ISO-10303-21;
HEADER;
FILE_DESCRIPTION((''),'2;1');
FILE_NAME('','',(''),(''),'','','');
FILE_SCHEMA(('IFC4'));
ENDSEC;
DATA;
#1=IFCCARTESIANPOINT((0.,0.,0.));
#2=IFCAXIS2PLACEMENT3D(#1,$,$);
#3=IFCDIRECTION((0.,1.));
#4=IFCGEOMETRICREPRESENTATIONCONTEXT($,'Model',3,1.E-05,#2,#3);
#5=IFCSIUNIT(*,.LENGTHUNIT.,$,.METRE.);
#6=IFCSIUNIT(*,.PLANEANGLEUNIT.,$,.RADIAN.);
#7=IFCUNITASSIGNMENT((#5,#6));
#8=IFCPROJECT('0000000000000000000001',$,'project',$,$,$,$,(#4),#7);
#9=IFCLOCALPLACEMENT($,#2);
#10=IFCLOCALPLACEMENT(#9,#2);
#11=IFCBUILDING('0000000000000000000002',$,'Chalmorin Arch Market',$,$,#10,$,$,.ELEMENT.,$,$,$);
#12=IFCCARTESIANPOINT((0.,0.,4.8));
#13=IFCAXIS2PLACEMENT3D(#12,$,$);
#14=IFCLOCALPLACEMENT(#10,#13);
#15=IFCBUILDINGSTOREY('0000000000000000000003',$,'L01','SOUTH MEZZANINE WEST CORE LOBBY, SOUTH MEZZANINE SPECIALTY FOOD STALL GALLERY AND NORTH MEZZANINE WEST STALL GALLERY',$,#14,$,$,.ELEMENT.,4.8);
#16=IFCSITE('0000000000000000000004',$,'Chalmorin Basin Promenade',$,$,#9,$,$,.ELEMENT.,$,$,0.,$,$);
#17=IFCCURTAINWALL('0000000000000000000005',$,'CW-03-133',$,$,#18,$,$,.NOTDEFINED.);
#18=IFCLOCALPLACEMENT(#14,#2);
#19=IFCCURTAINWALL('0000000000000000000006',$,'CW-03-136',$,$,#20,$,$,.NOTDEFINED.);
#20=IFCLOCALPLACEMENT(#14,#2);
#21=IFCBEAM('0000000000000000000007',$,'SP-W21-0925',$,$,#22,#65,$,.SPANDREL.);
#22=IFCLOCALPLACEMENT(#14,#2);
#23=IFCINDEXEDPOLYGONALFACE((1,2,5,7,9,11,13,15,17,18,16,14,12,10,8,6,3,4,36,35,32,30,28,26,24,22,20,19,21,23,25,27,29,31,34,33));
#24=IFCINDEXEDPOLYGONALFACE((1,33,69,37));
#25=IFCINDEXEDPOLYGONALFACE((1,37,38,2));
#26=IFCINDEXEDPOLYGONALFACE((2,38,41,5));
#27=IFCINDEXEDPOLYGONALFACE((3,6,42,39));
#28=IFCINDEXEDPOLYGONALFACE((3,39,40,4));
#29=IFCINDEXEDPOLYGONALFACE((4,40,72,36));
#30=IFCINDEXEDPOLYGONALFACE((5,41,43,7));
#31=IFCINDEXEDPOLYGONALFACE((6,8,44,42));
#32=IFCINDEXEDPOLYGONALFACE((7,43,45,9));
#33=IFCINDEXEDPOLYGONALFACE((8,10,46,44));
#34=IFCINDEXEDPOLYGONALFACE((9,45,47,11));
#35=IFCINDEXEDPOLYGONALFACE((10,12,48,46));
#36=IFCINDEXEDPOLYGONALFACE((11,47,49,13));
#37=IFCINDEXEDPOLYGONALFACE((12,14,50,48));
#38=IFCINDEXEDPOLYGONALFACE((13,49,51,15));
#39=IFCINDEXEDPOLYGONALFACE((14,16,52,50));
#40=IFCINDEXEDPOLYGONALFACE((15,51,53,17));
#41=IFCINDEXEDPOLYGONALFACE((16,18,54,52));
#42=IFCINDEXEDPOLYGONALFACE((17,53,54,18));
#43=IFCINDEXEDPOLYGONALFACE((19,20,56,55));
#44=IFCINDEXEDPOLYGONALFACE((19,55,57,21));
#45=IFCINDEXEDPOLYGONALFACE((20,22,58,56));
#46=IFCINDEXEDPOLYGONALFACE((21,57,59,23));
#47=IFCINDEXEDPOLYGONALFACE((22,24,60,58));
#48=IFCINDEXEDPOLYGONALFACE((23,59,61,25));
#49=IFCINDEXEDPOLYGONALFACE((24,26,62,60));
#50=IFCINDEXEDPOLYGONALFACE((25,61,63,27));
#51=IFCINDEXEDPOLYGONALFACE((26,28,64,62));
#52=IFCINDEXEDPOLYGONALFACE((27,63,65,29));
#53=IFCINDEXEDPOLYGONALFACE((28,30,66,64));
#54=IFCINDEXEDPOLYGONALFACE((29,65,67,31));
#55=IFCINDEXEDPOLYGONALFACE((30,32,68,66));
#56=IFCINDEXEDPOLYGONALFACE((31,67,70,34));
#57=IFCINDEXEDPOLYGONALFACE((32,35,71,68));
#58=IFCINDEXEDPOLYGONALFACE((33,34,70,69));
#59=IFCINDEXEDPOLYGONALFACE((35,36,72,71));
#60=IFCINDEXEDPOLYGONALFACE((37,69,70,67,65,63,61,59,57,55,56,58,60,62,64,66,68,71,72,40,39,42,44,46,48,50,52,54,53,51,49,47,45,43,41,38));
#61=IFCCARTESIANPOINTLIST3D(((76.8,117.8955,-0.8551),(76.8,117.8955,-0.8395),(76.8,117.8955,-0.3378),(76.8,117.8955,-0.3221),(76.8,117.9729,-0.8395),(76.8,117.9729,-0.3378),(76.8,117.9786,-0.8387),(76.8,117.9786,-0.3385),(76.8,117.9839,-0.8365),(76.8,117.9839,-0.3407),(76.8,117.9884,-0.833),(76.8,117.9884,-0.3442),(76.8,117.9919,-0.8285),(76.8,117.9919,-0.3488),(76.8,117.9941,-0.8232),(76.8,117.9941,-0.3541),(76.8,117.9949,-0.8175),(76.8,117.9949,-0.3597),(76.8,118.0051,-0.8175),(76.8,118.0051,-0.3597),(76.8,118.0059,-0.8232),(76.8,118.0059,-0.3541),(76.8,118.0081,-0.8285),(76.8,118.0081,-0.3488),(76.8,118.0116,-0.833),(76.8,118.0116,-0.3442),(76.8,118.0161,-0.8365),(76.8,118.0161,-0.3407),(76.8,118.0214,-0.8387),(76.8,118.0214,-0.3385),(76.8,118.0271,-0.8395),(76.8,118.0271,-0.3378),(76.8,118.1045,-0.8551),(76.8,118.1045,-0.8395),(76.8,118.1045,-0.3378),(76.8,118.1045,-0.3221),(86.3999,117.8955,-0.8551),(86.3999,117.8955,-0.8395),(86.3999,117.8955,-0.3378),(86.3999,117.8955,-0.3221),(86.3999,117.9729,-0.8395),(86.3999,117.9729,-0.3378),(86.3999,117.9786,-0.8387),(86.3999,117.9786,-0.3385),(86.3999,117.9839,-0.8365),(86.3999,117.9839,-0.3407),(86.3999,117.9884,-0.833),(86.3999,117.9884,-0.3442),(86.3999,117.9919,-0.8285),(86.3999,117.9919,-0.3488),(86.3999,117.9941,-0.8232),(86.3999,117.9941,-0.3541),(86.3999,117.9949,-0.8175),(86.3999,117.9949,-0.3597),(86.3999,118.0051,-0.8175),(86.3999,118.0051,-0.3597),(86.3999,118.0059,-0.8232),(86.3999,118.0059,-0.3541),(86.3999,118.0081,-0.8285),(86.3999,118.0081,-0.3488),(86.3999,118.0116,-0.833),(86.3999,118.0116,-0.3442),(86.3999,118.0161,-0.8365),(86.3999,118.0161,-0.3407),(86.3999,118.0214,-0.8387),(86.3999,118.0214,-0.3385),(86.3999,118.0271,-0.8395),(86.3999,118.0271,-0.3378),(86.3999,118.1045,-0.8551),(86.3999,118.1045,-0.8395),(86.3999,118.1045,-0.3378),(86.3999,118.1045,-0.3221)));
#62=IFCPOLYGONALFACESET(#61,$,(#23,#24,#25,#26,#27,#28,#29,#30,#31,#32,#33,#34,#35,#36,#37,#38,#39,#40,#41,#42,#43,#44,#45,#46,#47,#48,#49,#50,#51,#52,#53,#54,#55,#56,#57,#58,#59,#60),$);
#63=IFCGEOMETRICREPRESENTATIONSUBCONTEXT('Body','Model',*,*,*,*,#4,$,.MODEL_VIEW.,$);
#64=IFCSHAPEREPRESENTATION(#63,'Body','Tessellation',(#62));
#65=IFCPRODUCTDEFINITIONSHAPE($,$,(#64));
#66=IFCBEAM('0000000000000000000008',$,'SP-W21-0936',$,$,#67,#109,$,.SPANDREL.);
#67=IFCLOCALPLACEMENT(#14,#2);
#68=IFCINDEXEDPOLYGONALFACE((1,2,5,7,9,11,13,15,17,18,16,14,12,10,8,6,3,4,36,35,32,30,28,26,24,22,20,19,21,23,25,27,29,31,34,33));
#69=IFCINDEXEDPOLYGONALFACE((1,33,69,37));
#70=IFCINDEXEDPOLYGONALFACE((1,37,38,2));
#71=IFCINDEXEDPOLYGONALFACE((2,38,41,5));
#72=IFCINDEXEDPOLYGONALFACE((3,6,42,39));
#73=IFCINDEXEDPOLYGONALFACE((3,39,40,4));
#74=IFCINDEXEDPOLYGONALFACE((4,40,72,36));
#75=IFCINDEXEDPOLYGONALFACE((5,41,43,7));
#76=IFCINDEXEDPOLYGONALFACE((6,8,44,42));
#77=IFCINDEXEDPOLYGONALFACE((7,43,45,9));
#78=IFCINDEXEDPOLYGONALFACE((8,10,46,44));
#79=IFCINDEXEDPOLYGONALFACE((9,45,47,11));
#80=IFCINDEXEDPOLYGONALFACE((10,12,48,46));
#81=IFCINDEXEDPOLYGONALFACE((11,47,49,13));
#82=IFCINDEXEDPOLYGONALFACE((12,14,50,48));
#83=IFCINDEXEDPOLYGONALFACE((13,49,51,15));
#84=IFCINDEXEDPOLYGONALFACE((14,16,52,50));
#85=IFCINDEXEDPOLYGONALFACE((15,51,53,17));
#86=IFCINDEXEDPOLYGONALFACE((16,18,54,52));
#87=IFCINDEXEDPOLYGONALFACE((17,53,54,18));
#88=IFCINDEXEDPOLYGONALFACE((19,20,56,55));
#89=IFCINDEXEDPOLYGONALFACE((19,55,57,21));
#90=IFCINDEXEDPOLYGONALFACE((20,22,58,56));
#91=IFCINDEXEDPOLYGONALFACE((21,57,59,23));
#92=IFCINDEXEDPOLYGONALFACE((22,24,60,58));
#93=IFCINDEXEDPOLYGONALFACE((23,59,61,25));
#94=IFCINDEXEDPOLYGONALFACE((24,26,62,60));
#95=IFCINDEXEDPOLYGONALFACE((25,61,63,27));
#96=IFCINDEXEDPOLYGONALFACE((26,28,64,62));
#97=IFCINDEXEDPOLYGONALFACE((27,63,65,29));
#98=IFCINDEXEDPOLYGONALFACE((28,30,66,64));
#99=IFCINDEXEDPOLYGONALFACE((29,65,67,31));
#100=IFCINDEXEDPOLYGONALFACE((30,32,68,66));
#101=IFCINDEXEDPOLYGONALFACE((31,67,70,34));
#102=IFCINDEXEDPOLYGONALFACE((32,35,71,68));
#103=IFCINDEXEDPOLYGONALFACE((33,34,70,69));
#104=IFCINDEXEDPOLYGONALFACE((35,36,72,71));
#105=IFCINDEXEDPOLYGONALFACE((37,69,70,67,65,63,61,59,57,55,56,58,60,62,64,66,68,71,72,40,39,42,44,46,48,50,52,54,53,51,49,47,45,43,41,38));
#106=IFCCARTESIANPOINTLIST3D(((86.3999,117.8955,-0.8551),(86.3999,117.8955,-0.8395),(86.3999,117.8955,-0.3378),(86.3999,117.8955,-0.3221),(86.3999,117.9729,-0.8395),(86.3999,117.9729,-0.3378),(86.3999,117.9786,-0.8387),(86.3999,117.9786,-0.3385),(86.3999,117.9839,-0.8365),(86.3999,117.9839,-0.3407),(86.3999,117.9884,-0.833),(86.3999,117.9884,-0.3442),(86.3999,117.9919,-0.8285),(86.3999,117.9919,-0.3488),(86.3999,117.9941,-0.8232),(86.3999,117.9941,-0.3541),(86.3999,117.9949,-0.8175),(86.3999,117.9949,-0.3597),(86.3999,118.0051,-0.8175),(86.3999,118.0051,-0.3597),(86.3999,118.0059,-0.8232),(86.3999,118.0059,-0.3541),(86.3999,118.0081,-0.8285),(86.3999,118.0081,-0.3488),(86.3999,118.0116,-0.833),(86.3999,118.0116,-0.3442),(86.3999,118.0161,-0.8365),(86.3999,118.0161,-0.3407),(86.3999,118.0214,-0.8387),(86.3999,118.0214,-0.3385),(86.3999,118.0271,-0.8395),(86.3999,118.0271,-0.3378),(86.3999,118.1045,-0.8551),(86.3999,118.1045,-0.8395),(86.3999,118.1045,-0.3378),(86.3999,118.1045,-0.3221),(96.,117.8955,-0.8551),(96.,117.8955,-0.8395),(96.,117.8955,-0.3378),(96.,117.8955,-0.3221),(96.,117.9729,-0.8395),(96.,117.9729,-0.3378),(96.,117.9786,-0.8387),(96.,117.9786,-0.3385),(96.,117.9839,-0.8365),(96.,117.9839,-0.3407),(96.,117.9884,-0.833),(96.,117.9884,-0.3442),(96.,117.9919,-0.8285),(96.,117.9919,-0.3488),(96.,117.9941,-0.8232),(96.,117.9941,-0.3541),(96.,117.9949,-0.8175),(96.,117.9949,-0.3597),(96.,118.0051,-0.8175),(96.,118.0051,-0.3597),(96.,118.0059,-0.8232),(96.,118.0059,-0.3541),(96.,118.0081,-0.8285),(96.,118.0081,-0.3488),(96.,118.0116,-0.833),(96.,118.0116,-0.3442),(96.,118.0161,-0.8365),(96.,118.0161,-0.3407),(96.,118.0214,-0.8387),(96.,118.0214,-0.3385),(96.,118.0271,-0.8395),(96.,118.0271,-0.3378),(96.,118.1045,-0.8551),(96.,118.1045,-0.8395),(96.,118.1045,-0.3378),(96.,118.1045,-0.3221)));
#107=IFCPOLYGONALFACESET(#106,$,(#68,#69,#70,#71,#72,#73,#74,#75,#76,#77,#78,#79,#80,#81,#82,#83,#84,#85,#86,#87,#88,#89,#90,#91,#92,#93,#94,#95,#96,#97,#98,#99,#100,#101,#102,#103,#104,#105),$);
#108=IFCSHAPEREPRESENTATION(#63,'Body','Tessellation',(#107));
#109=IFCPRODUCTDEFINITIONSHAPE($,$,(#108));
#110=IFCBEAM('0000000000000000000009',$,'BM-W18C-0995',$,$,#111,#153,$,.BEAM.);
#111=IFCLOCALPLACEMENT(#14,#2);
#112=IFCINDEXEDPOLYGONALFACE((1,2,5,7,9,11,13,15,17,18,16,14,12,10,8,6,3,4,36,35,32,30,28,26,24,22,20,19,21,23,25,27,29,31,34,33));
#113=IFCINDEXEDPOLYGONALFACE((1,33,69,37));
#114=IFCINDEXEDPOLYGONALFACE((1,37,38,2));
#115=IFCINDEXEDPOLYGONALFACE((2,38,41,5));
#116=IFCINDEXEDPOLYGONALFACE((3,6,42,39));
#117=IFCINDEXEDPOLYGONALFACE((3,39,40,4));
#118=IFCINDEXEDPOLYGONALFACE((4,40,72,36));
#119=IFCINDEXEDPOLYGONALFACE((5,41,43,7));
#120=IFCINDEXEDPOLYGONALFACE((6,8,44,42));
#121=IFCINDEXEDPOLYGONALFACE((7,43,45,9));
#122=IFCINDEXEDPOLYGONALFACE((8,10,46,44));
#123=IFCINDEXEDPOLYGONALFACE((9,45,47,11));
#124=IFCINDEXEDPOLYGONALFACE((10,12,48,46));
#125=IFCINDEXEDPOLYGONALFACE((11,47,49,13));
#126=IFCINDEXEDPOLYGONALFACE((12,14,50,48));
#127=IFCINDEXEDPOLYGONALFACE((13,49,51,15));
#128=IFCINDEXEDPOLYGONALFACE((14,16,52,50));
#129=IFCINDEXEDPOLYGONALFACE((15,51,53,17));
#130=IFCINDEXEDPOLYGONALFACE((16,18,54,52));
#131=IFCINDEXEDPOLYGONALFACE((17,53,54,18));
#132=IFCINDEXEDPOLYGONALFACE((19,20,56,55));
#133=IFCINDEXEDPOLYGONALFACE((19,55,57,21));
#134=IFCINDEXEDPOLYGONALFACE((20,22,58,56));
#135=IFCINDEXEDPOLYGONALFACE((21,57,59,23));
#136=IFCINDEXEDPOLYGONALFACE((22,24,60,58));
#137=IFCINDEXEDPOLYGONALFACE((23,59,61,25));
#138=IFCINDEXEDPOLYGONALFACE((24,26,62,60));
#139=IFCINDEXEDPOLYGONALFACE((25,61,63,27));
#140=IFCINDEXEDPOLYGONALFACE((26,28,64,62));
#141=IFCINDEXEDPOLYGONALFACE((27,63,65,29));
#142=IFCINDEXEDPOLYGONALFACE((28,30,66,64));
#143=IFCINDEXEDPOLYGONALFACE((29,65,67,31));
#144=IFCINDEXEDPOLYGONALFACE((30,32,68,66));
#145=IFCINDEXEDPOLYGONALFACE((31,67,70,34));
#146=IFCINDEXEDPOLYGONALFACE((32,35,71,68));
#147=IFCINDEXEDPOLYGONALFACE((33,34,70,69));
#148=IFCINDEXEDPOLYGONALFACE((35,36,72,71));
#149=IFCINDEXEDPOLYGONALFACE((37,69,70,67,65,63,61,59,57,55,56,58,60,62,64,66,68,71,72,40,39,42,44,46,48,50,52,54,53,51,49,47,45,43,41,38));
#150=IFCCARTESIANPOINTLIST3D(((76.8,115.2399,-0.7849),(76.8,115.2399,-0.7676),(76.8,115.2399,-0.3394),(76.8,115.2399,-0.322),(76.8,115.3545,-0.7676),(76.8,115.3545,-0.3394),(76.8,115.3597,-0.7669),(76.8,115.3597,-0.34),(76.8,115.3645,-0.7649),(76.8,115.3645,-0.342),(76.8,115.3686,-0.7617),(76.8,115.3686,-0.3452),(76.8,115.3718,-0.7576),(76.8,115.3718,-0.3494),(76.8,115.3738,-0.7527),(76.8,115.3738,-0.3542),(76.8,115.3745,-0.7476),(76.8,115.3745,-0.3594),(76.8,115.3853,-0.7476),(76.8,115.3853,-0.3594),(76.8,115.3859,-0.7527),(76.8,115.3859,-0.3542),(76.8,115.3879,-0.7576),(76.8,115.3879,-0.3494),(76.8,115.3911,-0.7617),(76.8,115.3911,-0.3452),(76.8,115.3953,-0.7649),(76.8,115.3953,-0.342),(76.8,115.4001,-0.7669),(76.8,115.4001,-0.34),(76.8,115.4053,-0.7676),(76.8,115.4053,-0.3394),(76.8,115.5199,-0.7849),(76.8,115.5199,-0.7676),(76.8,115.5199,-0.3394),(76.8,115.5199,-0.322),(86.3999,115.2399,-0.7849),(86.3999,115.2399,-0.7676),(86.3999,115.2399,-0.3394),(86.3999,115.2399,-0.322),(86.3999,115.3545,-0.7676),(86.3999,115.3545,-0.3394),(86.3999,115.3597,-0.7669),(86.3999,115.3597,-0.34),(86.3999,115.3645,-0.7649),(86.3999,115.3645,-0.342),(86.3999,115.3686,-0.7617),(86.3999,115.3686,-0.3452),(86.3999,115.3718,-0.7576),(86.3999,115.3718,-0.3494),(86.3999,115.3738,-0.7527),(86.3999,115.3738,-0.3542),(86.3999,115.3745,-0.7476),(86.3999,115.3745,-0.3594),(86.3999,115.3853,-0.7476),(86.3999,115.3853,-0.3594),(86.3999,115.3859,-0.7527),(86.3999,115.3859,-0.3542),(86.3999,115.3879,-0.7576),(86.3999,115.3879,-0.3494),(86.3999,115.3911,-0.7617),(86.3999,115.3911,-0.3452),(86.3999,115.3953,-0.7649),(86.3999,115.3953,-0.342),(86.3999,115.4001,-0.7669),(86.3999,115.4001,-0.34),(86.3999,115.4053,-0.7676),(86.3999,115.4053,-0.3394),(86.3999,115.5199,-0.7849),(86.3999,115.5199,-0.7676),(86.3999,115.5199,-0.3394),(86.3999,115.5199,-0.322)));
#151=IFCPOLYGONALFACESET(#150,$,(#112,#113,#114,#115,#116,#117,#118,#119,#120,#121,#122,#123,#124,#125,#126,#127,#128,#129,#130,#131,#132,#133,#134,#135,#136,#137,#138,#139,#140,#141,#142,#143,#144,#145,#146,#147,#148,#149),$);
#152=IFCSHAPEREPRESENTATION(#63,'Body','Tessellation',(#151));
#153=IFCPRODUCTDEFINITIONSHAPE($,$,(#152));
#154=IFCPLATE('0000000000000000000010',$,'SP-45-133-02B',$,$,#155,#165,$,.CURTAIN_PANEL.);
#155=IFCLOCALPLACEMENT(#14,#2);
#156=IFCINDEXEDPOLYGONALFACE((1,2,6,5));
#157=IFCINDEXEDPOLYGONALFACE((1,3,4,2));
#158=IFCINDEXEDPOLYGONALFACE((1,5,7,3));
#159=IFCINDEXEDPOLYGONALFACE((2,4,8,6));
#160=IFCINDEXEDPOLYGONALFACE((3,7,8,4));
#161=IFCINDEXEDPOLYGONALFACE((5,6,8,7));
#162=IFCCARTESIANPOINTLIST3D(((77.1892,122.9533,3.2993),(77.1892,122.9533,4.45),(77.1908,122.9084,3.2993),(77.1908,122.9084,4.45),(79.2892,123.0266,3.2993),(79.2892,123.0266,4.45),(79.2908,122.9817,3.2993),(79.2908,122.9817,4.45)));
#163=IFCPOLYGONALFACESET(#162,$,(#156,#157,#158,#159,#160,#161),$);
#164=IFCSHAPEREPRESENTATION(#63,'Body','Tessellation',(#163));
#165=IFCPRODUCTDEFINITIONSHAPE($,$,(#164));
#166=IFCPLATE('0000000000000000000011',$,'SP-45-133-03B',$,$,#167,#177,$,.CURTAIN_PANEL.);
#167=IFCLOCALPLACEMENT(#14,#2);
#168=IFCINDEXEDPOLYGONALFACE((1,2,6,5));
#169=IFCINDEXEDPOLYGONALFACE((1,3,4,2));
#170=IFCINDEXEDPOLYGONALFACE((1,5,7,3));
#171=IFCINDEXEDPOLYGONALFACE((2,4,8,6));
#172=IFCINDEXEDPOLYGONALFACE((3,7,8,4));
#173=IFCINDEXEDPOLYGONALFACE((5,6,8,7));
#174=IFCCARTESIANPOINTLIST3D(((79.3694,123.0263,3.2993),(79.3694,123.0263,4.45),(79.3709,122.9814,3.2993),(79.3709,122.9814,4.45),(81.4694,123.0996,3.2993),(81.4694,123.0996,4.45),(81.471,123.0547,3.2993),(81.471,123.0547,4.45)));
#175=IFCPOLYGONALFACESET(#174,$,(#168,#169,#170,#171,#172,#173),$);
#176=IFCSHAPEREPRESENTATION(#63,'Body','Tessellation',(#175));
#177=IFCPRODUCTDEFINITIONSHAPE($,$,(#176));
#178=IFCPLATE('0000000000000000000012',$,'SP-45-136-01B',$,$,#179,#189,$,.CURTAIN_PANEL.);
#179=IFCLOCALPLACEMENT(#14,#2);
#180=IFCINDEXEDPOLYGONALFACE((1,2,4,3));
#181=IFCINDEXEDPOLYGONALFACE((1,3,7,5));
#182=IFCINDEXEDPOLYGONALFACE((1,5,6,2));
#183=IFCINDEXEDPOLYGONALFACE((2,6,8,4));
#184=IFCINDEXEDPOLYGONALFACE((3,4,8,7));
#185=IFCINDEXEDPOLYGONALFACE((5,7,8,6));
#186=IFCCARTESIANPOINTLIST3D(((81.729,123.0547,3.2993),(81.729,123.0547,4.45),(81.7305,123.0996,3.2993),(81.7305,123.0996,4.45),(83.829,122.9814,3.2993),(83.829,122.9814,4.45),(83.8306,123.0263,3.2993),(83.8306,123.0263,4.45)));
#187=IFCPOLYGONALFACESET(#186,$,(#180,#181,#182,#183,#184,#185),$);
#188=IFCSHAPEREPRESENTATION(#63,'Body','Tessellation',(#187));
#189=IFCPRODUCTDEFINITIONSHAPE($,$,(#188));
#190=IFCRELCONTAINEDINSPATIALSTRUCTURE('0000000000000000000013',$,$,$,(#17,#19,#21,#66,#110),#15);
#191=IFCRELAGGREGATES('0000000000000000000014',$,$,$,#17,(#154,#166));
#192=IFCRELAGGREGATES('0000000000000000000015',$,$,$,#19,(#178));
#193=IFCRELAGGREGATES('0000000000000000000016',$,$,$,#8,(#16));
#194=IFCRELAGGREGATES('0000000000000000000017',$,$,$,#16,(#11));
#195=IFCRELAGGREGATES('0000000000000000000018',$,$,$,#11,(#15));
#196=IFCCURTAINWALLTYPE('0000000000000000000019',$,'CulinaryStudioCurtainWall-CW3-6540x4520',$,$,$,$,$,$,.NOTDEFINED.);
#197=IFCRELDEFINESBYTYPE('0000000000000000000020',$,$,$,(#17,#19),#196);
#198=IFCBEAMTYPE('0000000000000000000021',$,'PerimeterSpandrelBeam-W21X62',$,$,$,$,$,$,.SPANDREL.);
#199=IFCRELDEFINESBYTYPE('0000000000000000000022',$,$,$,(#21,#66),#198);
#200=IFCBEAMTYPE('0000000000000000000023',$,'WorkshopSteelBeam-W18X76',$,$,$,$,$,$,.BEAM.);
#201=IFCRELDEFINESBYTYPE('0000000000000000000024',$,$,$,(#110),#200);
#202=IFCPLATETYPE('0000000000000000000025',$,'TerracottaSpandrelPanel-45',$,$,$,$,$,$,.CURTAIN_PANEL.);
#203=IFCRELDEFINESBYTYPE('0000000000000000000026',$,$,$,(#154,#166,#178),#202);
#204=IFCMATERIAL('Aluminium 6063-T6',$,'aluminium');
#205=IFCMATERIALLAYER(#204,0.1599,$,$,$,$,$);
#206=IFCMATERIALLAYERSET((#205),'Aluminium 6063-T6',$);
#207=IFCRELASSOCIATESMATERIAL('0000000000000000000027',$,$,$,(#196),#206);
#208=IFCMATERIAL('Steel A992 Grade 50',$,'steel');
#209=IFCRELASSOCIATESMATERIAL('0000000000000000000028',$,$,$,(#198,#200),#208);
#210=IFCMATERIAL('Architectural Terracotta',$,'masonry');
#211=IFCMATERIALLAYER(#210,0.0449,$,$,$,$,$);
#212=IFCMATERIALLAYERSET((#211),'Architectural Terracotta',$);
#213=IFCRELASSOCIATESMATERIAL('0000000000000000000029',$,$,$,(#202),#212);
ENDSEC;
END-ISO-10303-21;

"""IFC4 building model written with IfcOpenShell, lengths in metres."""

from ifc_helpers import new_model, si_unit, direction, frame, origin, origin_2d, place, context, subcontext, project, spatial, rectangle, i_section, extrude, material, layer, layer_set, material_profile, profile_set, type_object, element, aggregate, save


model = new_model("IFC4")

# Units and contexts
model_context = context("Model", 3, precision=1e-05, world=origin(), true_north=direction((0.0, 1.0)))
body_context = subcontext(model_context, "Body", "Model", "MODEL_VIEW")
ifc_project = project(units=[si_unit("LENGTHUNIT", "METRE"), si_unit("PLANEANGLEUNIT", "RADIAN")], contexts=[model_context])

# Site, building, storey
site_placement = place(None, origin())
site = spatial("IfcSite", under=ifc_project, at=site_placement, Name="Chalmorin Basin Promenade", CompositionType="ELEMENT", RefElevation=0.0)
building_placement = place(site_placement, origin())
building = spatial("IfcBuilding", under=site, at=building_placement, Name="Chalmorin Arch Market", CompositionType="ELEMENT")
storey_placement = place(building_placement, frame((0.0, 0.0, 4.8)))
storey = spatial("IfcBuildingStorey", under=building, at=storey_placement, Name="L01", Description="SOUTH MEZZANINE WEST CORE LOBBY, SOUTH MEZZANINE SPECIALTY FOOD STALL GALLERY AND NORTH MEZZANINE WEST STALL GALLERY", CompositionType="ELEMENT", Elevation=4.8)

# Curtain walls
ifc_material_1 = material(Name="Aluminium 6063-T6", Category="aluminium")
ifc_layer_1 = layer(ifc_material_1, 0.1599)
ifc_layer_set_1 = layer_set([ifc_layer_1], Name="Aluminium 6063-T6")
curtain_wall_type_1 = type_object("IfcCurtainWallType", Name="CulinaryStudioCurtainWall-CW3-6540x4520", PredefinedType="NOTDEFINED", material=ifc_layer_set_1)
curtain_wall_1_placement = place(storey_placement, origin())
curtain_wall_1 = element("IfcCurtainWall", 1, at=curtain_wall_1_placement, inside=storey, type_object=curtain_wall_type_1, Name="CW-03-133", PredefinedType="NOTDEFINED")
curtain_wall_2_placement = place(storey_placement, origin())
curtain_wall_2 = element("IfcCurtainWall", 2, at=curtain_wall_2_placement, inside=storey, type_object=curtain_wall_type_1, Name="CW-03-136", PredefinedType="NOTDEFINED")

# Beams
ifc_material_2 = material(Name="Steel A992 Grade 50", Category="steel")
ifc_material_profile_1 = material_profile(ifc_material_2, i_section(OverallWidth=0.209, OverallDepth=0.533, WebThickness=0.0103, FlangeThickness=0.0156, FilletRadius=0.022, at=origin_2d()), Name="W21X62")
ifc_profile_set_1 = profile_set([ifc_material_profile_1], Name="Steel A992 Grade 50")
beam_type_1 = type_object("IfcBeamType", Name="PerimeterSpandrelBeam-W21X62", PredefinedType="SPANDREL", material=ifc_profile_set_1)
beam_1_placement = place(storey_placement, frame((76.8, 118.0, -0.5886), z_axis=(1.0, 0.0, 0.0), x_axis=(0.0, 1.0, 0.0)))
element("IfcBeam", 3, at=beam_1_placement, inside=storey, type_object=beam_type_1, Name="SP-W21-0925", PredefinedType="SPANDREL", context=body_context, shape_type="SweptSolid", body=[
    extrude(i_section(OverallWidth=0.209, OverallDepth=0.533, WebThickness=0.0103, FlangeThickness=0.0156, FilletRadius=0.022, at=origin_2d()), origin(), (0.0, 0.0, 1.0), 9.5999),
])
beam_2_placement = place(storey_placement, frame((86.3999, 118.0, -0.5886), z_axis=(1.0, 0.0, 0.0), x_axis=(0.0, 1.0, 0.0)))
element("IfcBeam", 4, at=beam_2_placement, inside=storey, type_object=beam_type_1, Name="SP-W21-0936", PredefinedType="SPANDREL", context=body_context, shape_type="SweptSolid", body=[
    extrude(i_section(OverallWidth=0.209, OverallDepth=0.533, WebThickness=0.0103, FlangeThickness=0.0156, FilletRadius=0.022, at=origin_2d()), origin(), (0.0, 0.0, 1.0), 9.6001),
])
ifc_material_profile_2 = material_profile(ifc_material_2, i_section(OverallWidth=0.28, OverallDepth=0.4629, WebThickness=0.0107, FlangeThickness=0.0173, FilletRadius=0.02, at=origin_2d()), Name="W18X76")
ifc_profile_set_2 = profile_set([ifc_material_profile_2], Name="Steel A992 Grade 50")
beam_type_2 = type_object("IfcBeamType", Name="WorkshopSteelBeam-W18X76", PredefinedType="BEAM", material=ifc_profile_set_2)
beam_3_placement = place(storey_placement, frame((76.8, 115.3799, -0.5535), z_axis=(1.0, 0.0, 0.0), x_axis=(0.0, 1.0, 0.0)))
element("IfcBeam", 5, at=beam_3_placement, inside=storey, type_object=beam_type_2, Name="BM-W18C-0995", PredefinedType="BEAM", context=body_context, shape_type="SweptSolid", body=[
    extrude(i_section(OverallWidth=0.28, OverallDepth=0.4629, WebThickness=0.0107, FlangeThickness=0.0173, FilletRadius=0.02, at=origin_2d()), origin(), (0.0, 0.0, 1.0), 9.5999),
])

# Plates
ifc_material_3 = material(Name="Architectural Terracotta", Category="masonry")
ifc_layer_2 = layer(ifc_material_3, 0.0449)
ifc_layer_set_2 = layer_set([ifc_layer_2], Name="Architectural Terracotta")
plate_type_1 = type_object("IfcPlateType", Name="TerracottaSpandrelPanel-45", PredefinedType="CURTAIN_PANEL", material=ifc_layer_set_2)
plate_1_placement = place(storey_placement, frame((78.24, 122.9675, 3.2993), z_axis=(0.0, 0.0, 1.0), x_axis=(0.999391, 0.034899, 0.0)))
plate_1 = element("IfcPlate", 6, at=plate_1_placement, type_object=plate_type_1, Name="SP-45-133-02B", PredefinedType="CURTAIN_PANEL", context=body_context, shape_type="SweptSolid", body=[
    extrude(rectangle(XDim=2.1013, YDim=0.0449, at=origin_2d()), origin(), (0.0, 0.0, 1.0), 1.1506),
])
plate_2_placement = place(storey_placement, frame((80.4202, 123.0405, 3.2993), z_axis=(0.0, 0.0, 1.0), x_axis=(0.999391, 0.034899, 0.0)))
plate_2 = element("IfcPlate", 7, at=plate_2_placement, type_object=plate_type_1, Name="SP-45-133-03B", PredefinedType="CURTAIN_PANEL", context=body_context, shape_type="SweptSolid", body=[
    extrude(rectangle(XDim=2.1013, YDim=0.0449, at=origin_2d()), origin(), (0.0, 0.0, 1.0), 1.1506),
])
plate_3_placement = place(storey_placement, frame((82.7798, 123.0405, 3.2993), z_axis=(0.0, 0.0, 1.0), x_axis=(0.999391, -0.034899, 0.0)))
plate_3 = element("IfcPlate", 8, at=plate_3_placement, type_object=plate_type_1, Name="SP-45-136-01B", PredefinedType="CURTAIN_PANEL", context=body_context, shape_type="SweptSolid", body=[
    extrude(rectangle(XDim=2.1013, YDim=0.0449, at=origin_2d()), origin(), (0.0, 0.0, 1.0), 1.1506),
])
aggregate(curtain_wall_1, [plate_1, plate_2])
aggregate(curtain_wall_2, [plate_3])

save(model, "model.ifc")
